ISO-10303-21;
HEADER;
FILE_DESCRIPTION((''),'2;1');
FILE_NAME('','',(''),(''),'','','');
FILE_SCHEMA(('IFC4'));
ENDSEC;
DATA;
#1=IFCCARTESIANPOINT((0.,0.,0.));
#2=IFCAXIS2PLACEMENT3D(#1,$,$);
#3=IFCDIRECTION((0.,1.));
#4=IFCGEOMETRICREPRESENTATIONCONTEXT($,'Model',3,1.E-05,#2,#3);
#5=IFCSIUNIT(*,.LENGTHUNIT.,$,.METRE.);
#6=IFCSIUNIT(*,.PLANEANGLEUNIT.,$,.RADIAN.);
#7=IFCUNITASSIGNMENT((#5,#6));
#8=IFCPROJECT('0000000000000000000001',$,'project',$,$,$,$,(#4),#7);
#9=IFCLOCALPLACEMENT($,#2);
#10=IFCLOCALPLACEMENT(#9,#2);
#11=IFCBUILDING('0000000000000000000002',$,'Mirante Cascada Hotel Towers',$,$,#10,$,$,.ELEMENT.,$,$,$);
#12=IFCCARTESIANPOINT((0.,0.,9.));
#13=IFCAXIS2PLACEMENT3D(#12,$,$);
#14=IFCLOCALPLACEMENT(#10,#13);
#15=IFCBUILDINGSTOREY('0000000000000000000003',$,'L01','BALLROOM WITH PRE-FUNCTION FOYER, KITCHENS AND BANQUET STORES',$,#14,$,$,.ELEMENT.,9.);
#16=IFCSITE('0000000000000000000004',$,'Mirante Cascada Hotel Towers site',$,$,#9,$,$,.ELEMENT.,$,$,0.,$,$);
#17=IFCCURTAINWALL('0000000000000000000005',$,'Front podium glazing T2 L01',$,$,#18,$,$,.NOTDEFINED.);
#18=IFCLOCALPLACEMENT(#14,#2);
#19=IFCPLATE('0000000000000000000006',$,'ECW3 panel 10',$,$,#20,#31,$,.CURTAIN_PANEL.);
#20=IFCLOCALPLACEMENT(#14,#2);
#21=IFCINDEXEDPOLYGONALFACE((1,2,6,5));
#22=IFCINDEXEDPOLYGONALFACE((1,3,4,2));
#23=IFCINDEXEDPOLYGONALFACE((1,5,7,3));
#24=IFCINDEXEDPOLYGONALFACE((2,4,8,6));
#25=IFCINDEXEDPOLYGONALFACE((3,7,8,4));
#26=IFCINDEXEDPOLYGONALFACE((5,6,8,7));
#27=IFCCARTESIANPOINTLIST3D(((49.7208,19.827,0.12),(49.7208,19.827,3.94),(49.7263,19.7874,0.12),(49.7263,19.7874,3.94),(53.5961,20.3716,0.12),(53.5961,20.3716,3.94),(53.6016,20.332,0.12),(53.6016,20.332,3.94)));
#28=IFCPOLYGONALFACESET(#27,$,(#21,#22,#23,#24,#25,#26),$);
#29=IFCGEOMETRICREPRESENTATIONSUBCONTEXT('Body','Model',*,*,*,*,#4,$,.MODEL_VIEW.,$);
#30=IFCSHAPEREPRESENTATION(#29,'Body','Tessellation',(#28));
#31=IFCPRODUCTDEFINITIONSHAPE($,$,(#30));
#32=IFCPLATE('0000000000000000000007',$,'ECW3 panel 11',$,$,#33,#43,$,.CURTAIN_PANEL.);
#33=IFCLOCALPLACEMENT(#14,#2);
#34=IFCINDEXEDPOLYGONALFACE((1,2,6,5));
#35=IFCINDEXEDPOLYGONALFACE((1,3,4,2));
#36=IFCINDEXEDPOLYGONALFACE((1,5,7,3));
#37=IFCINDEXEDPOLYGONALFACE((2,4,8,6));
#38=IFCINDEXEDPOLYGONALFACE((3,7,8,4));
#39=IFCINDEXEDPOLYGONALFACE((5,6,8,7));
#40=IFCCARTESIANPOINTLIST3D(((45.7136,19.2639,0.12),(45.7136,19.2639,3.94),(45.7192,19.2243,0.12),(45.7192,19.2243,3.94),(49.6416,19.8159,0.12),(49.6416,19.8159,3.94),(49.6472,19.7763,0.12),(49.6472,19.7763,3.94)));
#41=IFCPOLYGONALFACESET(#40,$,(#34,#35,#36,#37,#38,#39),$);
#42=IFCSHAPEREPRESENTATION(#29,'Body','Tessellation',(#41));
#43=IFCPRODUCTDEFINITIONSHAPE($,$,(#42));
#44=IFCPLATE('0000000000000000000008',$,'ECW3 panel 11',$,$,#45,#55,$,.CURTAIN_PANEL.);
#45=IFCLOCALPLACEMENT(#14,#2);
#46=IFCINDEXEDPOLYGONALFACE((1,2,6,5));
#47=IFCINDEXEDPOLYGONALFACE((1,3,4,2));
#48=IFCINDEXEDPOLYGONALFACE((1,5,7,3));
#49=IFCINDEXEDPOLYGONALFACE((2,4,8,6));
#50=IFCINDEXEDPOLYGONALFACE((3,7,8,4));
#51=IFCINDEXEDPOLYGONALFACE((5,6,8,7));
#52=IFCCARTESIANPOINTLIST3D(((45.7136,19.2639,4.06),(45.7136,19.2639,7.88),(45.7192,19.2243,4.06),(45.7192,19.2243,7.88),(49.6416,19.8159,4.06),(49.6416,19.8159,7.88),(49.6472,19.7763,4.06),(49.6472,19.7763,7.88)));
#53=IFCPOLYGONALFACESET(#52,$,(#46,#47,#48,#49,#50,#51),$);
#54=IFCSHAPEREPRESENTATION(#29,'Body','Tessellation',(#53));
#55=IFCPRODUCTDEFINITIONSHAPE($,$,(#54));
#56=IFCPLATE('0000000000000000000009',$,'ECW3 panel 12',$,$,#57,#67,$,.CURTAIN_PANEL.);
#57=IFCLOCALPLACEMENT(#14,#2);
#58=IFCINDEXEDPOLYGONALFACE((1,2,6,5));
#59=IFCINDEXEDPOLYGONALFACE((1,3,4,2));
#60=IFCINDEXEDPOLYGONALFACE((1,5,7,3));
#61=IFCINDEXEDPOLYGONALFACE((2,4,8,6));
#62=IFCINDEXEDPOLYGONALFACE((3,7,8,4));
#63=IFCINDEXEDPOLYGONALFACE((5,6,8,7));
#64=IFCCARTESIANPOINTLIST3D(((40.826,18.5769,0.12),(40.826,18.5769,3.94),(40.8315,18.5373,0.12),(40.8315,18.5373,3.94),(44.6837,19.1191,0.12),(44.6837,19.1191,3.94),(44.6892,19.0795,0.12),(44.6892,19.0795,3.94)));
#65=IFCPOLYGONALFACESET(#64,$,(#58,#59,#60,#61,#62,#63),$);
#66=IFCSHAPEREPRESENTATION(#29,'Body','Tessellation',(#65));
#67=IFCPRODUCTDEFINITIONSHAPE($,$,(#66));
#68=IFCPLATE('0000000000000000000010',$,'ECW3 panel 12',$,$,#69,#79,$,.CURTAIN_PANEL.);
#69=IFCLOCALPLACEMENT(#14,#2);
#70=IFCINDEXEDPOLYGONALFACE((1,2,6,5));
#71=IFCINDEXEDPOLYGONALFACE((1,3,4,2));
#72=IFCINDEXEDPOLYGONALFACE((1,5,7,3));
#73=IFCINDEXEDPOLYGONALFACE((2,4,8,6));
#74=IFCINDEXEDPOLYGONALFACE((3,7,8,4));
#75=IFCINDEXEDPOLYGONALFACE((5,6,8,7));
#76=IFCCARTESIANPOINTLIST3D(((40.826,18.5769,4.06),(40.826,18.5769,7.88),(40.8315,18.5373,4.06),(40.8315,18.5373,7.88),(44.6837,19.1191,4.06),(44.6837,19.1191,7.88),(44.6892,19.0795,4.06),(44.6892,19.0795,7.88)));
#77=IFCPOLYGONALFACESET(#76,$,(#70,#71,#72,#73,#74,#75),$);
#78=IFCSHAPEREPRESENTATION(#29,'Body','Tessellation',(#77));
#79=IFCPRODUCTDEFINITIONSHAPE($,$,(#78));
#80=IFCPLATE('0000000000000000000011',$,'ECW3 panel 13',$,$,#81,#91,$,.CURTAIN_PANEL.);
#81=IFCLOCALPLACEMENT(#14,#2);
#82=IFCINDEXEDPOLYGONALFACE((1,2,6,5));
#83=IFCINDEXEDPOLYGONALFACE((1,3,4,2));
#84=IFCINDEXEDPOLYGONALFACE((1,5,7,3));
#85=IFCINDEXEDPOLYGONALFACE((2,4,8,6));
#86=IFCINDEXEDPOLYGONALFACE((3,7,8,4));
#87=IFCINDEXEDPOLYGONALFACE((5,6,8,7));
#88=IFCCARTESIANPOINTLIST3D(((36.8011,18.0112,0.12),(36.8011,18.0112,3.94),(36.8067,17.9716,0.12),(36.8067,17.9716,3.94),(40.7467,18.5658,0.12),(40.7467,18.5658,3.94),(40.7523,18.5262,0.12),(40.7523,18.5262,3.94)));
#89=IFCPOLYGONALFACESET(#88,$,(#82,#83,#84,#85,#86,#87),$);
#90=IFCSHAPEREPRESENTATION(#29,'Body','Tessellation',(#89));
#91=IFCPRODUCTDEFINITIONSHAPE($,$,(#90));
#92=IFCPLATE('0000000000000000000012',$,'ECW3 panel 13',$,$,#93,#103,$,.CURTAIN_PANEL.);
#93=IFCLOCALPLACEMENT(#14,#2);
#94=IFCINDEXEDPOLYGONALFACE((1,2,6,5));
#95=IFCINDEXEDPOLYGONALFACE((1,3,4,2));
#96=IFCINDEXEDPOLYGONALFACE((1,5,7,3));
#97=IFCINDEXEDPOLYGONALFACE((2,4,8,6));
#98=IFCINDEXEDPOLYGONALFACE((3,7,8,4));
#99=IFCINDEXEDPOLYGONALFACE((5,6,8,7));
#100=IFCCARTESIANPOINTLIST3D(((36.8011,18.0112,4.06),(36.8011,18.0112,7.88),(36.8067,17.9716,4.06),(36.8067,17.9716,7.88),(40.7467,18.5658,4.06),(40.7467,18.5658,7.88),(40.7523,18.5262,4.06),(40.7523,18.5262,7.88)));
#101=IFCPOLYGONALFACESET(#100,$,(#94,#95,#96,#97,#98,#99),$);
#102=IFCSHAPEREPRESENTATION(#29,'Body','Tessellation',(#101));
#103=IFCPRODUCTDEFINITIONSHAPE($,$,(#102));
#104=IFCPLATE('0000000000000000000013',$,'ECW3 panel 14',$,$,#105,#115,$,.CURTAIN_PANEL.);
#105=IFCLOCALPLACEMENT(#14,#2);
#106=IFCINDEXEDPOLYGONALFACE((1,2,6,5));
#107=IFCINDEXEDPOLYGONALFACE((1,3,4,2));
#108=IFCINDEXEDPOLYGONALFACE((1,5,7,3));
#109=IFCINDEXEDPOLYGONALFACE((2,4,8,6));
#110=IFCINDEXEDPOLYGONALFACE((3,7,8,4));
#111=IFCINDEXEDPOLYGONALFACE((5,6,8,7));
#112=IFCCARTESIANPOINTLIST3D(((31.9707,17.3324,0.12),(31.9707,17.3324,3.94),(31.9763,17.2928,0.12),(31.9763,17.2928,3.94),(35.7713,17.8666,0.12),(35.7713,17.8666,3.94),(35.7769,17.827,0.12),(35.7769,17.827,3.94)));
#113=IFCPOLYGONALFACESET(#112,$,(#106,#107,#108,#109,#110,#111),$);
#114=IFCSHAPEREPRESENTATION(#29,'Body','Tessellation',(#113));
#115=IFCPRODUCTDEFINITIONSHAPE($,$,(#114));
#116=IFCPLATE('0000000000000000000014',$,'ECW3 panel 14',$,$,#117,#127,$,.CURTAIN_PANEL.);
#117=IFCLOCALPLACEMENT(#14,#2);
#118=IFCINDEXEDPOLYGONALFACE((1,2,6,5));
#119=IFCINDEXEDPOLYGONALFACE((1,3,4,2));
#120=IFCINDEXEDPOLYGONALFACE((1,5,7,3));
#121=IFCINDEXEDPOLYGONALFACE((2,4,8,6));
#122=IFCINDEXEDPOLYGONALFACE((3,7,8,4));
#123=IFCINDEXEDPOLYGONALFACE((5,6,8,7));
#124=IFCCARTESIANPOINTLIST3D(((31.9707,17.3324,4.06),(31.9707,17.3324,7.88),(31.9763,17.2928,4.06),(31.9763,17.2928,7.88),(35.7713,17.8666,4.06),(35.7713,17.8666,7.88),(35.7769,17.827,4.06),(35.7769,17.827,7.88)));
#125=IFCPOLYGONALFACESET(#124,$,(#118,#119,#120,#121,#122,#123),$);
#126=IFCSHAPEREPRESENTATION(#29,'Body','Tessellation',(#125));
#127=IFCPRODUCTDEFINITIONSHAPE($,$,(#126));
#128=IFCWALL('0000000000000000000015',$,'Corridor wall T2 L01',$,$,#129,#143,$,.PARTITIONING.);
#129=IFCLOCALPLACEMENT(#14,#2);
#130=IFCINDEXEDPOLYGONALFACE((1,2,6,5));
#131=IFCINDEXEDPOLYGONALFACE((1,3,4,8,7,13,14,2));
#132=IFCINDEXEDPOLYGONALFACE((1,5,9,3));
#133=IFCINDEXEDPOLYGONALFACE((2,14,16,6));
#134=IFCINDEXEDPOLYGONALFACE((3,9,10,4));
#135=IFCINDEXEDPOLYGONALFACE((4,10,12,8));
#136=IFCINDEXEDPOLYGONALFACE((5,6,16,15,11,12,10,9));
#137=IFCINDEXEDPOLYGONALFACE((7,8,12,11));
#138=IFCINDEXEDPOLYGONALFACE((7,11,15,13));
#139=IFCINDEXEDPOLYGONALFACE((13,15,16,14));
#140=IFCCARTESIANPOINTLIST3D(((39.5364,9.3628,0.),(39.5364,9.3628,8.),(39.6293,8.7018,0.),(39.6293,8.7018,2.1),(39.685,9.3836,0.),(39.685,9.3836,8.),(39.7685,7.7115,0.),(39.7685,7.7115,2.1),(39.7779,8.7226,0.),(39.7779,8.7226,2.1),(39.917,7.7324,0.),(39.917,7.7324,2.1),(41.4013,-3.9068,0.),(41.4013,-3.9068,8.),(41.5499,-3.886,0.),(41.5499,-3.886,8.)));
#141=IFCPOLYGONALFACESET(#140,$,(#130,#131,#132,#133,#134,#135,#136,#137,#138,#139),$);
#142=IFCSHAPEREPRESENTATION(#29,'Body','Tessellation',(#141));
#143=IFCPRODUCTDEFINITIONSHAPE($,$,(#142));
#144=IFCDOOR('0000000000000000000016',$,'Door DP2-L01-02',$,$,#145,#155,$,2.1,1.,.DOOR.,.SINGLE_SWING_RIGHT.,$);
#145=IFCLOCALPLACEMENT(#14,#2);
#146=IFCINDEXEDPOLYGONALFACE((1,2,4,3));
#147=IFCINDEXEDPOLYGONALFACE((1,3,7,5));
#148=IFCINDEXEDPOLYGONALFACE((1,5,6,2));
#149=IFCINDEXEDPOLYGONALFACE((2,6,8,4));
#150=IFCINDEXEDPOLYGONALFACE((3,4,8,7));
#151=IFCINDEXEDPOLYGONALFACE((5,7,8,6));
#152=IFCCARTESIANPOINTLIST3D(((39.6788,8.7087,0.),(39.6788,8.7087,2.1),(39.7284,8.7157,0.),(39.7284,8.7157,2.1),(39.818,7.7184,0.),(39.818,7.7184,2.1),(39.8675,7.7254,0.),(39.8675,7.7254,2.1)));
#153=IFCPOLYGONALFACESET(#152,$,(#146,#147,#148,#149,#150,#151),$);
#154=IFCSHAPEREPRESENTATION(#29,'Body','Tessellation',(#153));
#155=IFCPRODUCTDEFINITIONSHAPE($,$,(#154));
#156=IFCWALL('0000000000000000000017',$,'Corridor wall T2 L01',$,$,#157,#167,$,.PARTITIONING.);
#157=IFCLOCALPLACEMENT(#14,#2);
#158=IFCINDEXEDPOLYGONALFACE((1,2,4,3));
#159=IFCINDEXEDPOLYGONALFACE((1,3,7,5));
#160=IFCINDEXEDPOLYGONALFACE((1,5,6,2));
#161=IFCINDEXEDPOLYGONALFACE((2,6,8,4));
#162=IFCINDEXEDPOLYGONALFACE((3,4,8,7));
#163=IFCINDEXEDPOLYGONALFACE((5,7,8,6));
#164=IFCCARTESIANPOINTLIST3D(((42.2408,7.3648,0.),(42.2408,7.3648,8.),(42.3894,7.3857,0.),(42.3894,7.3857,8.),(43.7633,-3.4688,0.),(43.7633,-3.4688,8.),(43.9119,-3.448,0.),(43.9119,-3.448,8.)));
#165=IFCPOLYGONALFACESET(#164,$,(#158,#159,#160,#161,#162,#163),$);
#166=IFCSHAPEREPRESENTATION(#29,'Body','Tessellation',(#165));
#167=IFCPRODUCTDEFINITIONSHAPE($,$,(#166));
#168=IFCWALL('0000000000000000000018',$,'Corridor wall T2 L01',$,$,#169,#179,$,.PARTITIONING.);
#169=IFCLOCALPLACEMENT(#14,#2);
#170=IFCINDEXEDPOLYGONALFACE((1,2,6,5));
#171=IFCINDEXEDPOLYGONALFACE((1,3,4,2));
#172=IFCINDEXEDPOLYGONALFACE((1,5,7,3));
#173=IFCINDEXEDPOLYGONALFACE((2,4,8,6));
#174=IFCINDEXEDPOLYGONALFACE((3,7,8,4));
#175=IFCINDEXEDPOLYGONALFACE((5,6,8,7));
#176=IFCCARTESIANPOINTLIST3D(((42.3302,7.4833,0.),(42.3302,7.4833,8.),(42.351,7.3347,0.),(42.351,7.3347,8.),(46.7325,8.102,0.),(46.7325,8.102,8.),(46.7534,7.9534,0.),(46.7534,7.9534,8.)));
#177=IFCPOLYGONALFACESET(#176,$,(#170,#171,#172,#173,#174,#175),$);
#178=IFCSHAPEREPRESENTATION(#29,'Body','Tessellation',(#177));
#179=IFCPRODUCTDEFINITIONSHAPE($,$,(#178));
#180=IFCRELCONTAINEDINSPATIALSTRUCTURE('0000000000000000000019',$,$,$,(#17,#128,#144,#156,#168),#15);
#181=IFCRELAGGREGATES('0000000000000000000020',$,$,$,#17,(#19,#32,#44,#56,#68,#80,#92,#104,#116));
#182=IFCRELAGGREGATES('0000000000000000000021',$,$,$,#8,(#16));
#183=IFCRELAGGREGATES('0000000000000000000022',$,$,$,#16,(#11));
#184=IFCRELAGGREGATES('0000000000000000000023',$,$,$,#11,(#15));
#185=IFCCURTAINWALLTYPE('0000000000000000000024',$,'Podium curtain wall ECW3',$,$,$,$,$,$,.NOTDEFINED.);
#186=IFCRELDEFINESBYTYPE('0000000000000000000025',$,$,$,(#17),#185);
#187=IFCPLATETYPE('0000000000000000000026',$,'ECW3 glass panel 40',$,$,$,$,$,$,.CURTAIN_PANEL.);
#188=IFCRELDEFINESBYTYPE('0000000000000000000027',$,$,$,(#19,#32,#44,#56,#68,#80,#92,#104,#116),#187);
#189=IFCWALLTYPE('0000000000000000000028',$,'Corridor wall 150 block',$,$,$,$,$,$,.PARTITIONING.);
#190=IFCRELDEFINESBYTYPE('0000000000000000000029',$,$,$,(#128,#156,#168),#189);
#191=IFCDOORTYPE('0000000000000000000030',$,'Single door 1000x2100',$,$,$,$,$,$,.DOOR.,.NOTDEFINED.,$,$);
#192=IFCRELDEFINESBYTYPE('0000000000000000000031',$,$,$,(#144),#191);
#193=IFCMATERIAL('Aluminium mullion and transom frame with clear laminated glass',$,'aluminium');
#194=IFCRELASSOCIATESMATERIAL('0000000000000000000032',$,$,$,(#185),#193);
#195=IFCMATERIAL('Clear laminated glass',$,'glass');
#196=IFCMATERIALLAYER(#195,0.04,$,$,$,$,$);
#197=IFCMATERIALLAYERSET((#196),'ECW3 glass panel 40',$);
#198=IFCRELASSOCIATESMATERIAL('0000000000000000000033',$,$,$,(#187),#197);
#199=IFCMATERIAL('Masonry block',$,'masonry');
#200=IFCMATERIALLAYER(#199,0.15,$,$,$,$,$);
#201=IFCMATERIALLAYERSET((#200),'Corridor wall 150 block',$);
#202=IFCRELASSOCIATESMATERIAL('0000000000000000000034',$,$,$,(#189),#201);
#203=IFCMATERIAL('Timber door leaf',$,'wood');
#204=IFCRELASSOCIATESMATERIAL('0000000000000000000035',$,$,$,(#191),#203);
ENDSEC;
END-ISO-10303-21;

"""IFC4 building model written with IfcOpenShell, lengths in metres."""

from ifc_helpers import new_model, si_unit, direction, frame, frame_2d, origin, origin_2d, place, context, subcontext, project, spatial, rectangle, extrude, material, layer, layer_set, type_object, element, fill, aggregate, save


model = new_model("IFC4")

# Units and contexts
model_context = context("Model", 3, precision=1e-05, world=origin(), true_north=direction((0.0, 1.0)))
body_context = subcontext(model_context, "Body", "Model", "MODEL_VIEW")
ifc_project = project(units=[si_unit("LENGTHUNIT", "METRE"), si_unit("PLANEANGLEUNIT", "RADIAN")], contexts=[model_context])

# Site, building, storey
site_placement = place(None, origin())
site = spatial("IfcSite", under=ifc_project, at=site_placement, Name="Mirante Cascada Hotel Towers site", CompositionType="ELEMENT", RefElevation=0.0)
building_placement = place(site_placement, origin())
building = spatial("IfcBuilding", under=site, at=building_placement, Name="Mirante Cascada Hotel Towers", CompositionType="ELEMENT")
storey_placement = place(building_placement, frame((0.0, 0.0, 9.0)))
storey = spatial("IfcBuildingStorey", under=building, at=storey_placement, Name="L01", Description="BALLROOM WITH PRE-FUNCTION FOYER, KITCHENS AND BANQUET STORES", CompositionType="ELEMENT", Elevation=9.0)

# Curtain wall, plates
ifc_material_1 = material(Name="Aluminium mullion and transom frame with clear laminated glass", Category="aluminium")
curtain_wall_type = type_object("IfcCurtainWallType", Name="Podium curtain wall ECW3", PredefinedType="NOTDEFINED", material=ifc_material_1)
curtain_wall_placement = place(storey_placement, origin())
curtain_wall = element("IfcCurtainWall", 1, at=curtain_wall_placement, inside=storey, type_object=curtain_wall_type, Name="Front podium glazing T2 L01", PredefinedType="NOTDEFINED")
ifc_material_2 = material(Name="Clear laminated glass", Category="glass")
ifc_layer_1 = layer(ifc_material_2, 0.04)
ifc_layer_set_1 = layer_set([ifc_layer_1], Name="ECW3 glass panel 40")
plate_type = type_object("IfcPlateType", Name="ECW3 glass panel 40", PredefinedType="CURTAIN_PANEL", material=ifc_layer_set_1)
plate_1_placement = place(storey_placement, frame((51.6612, 20.0795, 0.12), z_axis=(0.0, 0.0, 1.0), x_axis=(-0.990268, -0.139173, 0.0)))
plate_1 = element("IfcPlate", 2, at=plate_1_placement, type_object=plate_type, Name="ECW3 panel 10", PredefinedType="CURTAIN_PANEL", context=body_context, shape_type="SweptSolid", body=[
    extrude(rectangle(XDim=3.9134, YDim=0.04, at=origin_2d()), origin(), (0.0, 0.0, 1.0), 3.82),
])
plate_2_placement = place(storey_placement, frame((47.6804, 19.5201, 0.12), z_axis=(0.0, 0.0, 1.0), x_axis=(-0.990268, -0.139173, 0.0)))
plate_2 = element("IfcPlate", 3, at=plate_2_placement, type_object=plate_type, Name="ECW3 panel 11", PredefinedType="CURTAIN_PANEL", context=body_context, shape_type="SweptSolid", body=[
    extrude(rectangle(XDim=3.9666, YDim=0.04, at=origin_2d()), origin(), (0.0, 0.0, 1.0), 3.82),
])
plate_3_placement = place(storey_placement, frame((47.6804, 19.5201, 4.06), z_axis=(0.0, 0.0, 1.0), x_axis=(-0.990268, -0.139173, 0.0)))
plate_3 = element("IfcPlate", 4, at=plate_3_placement, type_object=plate_type, Name="ECW3 panel 11", PredefinedType="CURTAIN_PANEL", context=body_context, shape_type="SweptSolid", body=[
    extrude(rectangle(XDim=3.9666, YDim=0.04, at=origin_2d()), origin(), (0.0, 0.0, 1.0), 3.82),
])
plate_4_placement = place(storey_placement, frame((42.7576, 18.8282, 0.12), z_axis=(0.0, 0.0, 1.0), x_axis=(-0.990268, -0.139173, 0.0)))
plate_4 = element("IfcPlate", 5, at=plate_4_placement, type_object=plate_type, Name="ECW3 panel 12", PredefinedType="CURTAIN_PANEL", context=body_context, shape_type="SweptSolid", body=[
    extrude(rectangle(XDim=3.8956, YDim=0.04, at=origin_2d()), origin(), (0.0, 0.0, 1.0), 3.82),
])
plate_5_placement = place(storey_placement, frame((42.7576, 18.8282, 4.06), z_axis=(0.0, 0.0, 1.0), x_axis=(-0.990268, -0.139173, 0.0)))
plate_5 = element("IfcPlate", 6, at=plate_5_placement, type_object=plate_type, Name="ECW3 panel 12", PredefinedType="CURTAIN_PANEL", context=body_context, shape_type="SweptSolid", body=[
    extrude(rectangle(XDim=3.8956, YDim=0.04, at=origin_2d()), origin(), (0.0, 0.0, 1.0), 3.82),
])
plate_6_placement = place(storey_placement, frame((38.7767, 18.2687, 0.12), z_axis=(0.0, 0.0, 1.0), x_axis=(-0.990268, -0.139173, 0.0)))
plate_6 = element("IfcPlate", 7, at=plate_6_placement, type_object=plate_type, Name="ECW3 panel 13", PredefinedType="CURTAIN_PANEL", context=body_context, shape_type="SweptSolid", body=[
    extrude(rectangle(XDim=3.9844, YDim=0.04, at=origin_2d()), origin(), (0.0, 0.0, 1.0), 3.82),
])
plate_7_placement = place(storey_placement, frame((38.7767, 18.2687, 4.06), z_axis=(0.0, 0.0, 1.0), x_axis=(-0.990268, -0.139173, 0.0)))
plate_7 = element("IfcPlate", 8, at=plate_7_placement, type_object=plate_type, Name="ECW3 panel 13", PredefinedType="CURTAIN_PANEL", context=body_context, shape_type="SweptSolid", body=[
    extrude(rectangle(XDim=3.9844, YDim=0.04, at=origin_2d()), origin(), (0.0, 0.0, 1.0), 3.82),
])
plate_8_placement = place(storey_placement, frame((33.8738, 17.5797, 0.12), z_axis=(0.0, 0.0, 1.0), x_axis=(-0.990268, -0.139173, 0.0)))
plate_8 = element("IfcPlate", 9, at=plate_8_placement, type_object=plate_type, Name="ECW3 panel 14", PredefinedType="CURTAIN_PANEL", context=body_context, shape_type="SweptSolid", body=[
    extrude(rectangle(XDim=3.8379, YDim=0.04, at=origin_2d()), origin(), (0.0, 0.0, 1.0), 3.82),
])
plate_9_placement = place(storey_placement, frame((33.8738, 17.5797, 4.06), z_axis=(0.0, 0.0, 1.0), x_axis=(-0.990268, -0.139173, 0.0)))
plate_9 = element("IfcPlate", 10, at=plate_9_placement, type_object=plate_type, Name="ECW3 panel 14", PredefinedType="CURTAIN_PANEL", context=body_context, shape_type="SweptSolid", body=[
    extrude(rectangle(XDim=3.8379, YDim=0.04, at=origin_2d()), origin(), (0.0, 0.0, 1.0), 3.82),
])
aggregate(curtain_wall, [plate_1, plate_2, plate_3, plate_4, plate_5, plate_6, plate_7, plate_8, plate_9])

# Wall, opening, door
ifc_material_3 = material(Name="Masonry block", Category="masonry")
ifc_layer_2 = layer(ifc_material_3, 0.15)
ifc_layer_set_2 = layer_set([ifc_layer_2], Name="Corridor wall 150 block")
wall_type_1 = type_object("IfcWallType", Name="Corridor wall 150 block", PredefinedType="PARTITIONING", material=ifc_layer_set_2)
wall_1_placement = place(storey_placement, frame((39.6107, 9.3732, 0.0), z_axis=(0.0, 0.0, 1.0), x_axis=(0.139172, -0.990268, 0.0)))
wall_1 = element("IfcWall", 11, at=wall_1_placement, inside=storey, type_object=wall_type_1, Name="Corridor wall T2 L01", PredefinedType="PARTITIONING", context=body_context, shape_type="SweptSolid", body=[
    extrude(rectangle(XDim=13.4, YDim=0.15, at=frame_2d((6.7, 0.0))), origin(), (0.0, 0.0, 1.0), 8.0),
])
opening_1_placement = place(wall_1_placement, frame((0.6675, 0.0, 0.0)))
opening_1 = element("IfcOpeningElement", 12, at=opening_1_placement, cuts=wall_1, PredefinedType="OPENING", context=body_context, shape_type="SweptSolid", body=[
    extrude(rectangle(XDim=1.0, YDim=2.1, at=frame_2d((0.5, 1.05))), frame((0.0, 0.075, 0.0), z_axis=(0.0, -1.0, 0.0), x_axis=(1.0, 0.0, 0.0)), (0.0, 0.0, 1.0), 0.15),
])
ifc_material_4 = material(Name="Timber door leaf", Category="wood")
door_type = type_object("IfcDoorType", Name="Single door 1000x2100", OperationType="NOTDEFINED", PredefinedType="DOOR", material=ifc_material_4)
door_1_placement = place(opening_1_placement, frame((1.0, 0.0, 0.0), z_axis=(0.0, 0.0, 1.0), x_axis=(-1.0, 0.0, 0.0)))
door_1 = element("IfcDoor", 13, at=door_1_placement, inside=storey, type_object=door_type, Name="Door DP2-L01-02", OperationType="SINGLE_SWING_RIGHT", OverallHeight=2.1, OverallWidth=1.0, PredefinedType="DOOR", context=body_context, shape_type="SweptSolid", body=[
    extrude(rectangle(XDim=1.0, YDim=2.1, at=frame_2d((0.5, 1.05))), frame((0.0, 0.025, 0.0), z_axis=(0.0, -1.0, 0.0), x_axis=(1.0, 0.0, 0.0)), (0.0, 0.0, 1.0), 0.05),
])
fill(opening_1, door_1)

# Walls
wall_2_placement = place(storey_placement, frame((42.3151, 7.3752, 0.0), z_axis=(0.0, 0.0, 1.0), x_axis=(0.139167, -0.990269, 0.0)))
element("IfcWall", 14, at=wall_2_placement, inside=storey, type_object=wall_type_1, Name="Corridor wall T2 L01", PredefinedType="PARTITIONING", context=body_context, shape_type="SweptSolid", body=[
    extrude(rectangle(XDim=10.9401, YDim=0.15, at=frame_2d((5.47, 0.0))), origin(), (0.0, 0.0, 1.0), 8.0),
])
wall_3_placement = place(storey_placement, frame((42.3406, 7.409, 0.0), z_axis=(0.0, 0.0, 1.0), x_axis=(0.990268, 0.139173, 0.0)))
element("IfcWall", 15, at=wall_3_placement, inside=storey, type_object=wall_type_1, Name="Corridor wall T2 L01", PredefinedType="PARTITIONING", context=body_context, shape_type="SweptSolid", body=[
    extrude(rectangle(XDim=4.4456, YDim=0.15, at=frame_2d((2.2228, 0.0))), origin(), (0.0, 0.0, 1.0), 8.0),
])

save(model, "model.ifc")
